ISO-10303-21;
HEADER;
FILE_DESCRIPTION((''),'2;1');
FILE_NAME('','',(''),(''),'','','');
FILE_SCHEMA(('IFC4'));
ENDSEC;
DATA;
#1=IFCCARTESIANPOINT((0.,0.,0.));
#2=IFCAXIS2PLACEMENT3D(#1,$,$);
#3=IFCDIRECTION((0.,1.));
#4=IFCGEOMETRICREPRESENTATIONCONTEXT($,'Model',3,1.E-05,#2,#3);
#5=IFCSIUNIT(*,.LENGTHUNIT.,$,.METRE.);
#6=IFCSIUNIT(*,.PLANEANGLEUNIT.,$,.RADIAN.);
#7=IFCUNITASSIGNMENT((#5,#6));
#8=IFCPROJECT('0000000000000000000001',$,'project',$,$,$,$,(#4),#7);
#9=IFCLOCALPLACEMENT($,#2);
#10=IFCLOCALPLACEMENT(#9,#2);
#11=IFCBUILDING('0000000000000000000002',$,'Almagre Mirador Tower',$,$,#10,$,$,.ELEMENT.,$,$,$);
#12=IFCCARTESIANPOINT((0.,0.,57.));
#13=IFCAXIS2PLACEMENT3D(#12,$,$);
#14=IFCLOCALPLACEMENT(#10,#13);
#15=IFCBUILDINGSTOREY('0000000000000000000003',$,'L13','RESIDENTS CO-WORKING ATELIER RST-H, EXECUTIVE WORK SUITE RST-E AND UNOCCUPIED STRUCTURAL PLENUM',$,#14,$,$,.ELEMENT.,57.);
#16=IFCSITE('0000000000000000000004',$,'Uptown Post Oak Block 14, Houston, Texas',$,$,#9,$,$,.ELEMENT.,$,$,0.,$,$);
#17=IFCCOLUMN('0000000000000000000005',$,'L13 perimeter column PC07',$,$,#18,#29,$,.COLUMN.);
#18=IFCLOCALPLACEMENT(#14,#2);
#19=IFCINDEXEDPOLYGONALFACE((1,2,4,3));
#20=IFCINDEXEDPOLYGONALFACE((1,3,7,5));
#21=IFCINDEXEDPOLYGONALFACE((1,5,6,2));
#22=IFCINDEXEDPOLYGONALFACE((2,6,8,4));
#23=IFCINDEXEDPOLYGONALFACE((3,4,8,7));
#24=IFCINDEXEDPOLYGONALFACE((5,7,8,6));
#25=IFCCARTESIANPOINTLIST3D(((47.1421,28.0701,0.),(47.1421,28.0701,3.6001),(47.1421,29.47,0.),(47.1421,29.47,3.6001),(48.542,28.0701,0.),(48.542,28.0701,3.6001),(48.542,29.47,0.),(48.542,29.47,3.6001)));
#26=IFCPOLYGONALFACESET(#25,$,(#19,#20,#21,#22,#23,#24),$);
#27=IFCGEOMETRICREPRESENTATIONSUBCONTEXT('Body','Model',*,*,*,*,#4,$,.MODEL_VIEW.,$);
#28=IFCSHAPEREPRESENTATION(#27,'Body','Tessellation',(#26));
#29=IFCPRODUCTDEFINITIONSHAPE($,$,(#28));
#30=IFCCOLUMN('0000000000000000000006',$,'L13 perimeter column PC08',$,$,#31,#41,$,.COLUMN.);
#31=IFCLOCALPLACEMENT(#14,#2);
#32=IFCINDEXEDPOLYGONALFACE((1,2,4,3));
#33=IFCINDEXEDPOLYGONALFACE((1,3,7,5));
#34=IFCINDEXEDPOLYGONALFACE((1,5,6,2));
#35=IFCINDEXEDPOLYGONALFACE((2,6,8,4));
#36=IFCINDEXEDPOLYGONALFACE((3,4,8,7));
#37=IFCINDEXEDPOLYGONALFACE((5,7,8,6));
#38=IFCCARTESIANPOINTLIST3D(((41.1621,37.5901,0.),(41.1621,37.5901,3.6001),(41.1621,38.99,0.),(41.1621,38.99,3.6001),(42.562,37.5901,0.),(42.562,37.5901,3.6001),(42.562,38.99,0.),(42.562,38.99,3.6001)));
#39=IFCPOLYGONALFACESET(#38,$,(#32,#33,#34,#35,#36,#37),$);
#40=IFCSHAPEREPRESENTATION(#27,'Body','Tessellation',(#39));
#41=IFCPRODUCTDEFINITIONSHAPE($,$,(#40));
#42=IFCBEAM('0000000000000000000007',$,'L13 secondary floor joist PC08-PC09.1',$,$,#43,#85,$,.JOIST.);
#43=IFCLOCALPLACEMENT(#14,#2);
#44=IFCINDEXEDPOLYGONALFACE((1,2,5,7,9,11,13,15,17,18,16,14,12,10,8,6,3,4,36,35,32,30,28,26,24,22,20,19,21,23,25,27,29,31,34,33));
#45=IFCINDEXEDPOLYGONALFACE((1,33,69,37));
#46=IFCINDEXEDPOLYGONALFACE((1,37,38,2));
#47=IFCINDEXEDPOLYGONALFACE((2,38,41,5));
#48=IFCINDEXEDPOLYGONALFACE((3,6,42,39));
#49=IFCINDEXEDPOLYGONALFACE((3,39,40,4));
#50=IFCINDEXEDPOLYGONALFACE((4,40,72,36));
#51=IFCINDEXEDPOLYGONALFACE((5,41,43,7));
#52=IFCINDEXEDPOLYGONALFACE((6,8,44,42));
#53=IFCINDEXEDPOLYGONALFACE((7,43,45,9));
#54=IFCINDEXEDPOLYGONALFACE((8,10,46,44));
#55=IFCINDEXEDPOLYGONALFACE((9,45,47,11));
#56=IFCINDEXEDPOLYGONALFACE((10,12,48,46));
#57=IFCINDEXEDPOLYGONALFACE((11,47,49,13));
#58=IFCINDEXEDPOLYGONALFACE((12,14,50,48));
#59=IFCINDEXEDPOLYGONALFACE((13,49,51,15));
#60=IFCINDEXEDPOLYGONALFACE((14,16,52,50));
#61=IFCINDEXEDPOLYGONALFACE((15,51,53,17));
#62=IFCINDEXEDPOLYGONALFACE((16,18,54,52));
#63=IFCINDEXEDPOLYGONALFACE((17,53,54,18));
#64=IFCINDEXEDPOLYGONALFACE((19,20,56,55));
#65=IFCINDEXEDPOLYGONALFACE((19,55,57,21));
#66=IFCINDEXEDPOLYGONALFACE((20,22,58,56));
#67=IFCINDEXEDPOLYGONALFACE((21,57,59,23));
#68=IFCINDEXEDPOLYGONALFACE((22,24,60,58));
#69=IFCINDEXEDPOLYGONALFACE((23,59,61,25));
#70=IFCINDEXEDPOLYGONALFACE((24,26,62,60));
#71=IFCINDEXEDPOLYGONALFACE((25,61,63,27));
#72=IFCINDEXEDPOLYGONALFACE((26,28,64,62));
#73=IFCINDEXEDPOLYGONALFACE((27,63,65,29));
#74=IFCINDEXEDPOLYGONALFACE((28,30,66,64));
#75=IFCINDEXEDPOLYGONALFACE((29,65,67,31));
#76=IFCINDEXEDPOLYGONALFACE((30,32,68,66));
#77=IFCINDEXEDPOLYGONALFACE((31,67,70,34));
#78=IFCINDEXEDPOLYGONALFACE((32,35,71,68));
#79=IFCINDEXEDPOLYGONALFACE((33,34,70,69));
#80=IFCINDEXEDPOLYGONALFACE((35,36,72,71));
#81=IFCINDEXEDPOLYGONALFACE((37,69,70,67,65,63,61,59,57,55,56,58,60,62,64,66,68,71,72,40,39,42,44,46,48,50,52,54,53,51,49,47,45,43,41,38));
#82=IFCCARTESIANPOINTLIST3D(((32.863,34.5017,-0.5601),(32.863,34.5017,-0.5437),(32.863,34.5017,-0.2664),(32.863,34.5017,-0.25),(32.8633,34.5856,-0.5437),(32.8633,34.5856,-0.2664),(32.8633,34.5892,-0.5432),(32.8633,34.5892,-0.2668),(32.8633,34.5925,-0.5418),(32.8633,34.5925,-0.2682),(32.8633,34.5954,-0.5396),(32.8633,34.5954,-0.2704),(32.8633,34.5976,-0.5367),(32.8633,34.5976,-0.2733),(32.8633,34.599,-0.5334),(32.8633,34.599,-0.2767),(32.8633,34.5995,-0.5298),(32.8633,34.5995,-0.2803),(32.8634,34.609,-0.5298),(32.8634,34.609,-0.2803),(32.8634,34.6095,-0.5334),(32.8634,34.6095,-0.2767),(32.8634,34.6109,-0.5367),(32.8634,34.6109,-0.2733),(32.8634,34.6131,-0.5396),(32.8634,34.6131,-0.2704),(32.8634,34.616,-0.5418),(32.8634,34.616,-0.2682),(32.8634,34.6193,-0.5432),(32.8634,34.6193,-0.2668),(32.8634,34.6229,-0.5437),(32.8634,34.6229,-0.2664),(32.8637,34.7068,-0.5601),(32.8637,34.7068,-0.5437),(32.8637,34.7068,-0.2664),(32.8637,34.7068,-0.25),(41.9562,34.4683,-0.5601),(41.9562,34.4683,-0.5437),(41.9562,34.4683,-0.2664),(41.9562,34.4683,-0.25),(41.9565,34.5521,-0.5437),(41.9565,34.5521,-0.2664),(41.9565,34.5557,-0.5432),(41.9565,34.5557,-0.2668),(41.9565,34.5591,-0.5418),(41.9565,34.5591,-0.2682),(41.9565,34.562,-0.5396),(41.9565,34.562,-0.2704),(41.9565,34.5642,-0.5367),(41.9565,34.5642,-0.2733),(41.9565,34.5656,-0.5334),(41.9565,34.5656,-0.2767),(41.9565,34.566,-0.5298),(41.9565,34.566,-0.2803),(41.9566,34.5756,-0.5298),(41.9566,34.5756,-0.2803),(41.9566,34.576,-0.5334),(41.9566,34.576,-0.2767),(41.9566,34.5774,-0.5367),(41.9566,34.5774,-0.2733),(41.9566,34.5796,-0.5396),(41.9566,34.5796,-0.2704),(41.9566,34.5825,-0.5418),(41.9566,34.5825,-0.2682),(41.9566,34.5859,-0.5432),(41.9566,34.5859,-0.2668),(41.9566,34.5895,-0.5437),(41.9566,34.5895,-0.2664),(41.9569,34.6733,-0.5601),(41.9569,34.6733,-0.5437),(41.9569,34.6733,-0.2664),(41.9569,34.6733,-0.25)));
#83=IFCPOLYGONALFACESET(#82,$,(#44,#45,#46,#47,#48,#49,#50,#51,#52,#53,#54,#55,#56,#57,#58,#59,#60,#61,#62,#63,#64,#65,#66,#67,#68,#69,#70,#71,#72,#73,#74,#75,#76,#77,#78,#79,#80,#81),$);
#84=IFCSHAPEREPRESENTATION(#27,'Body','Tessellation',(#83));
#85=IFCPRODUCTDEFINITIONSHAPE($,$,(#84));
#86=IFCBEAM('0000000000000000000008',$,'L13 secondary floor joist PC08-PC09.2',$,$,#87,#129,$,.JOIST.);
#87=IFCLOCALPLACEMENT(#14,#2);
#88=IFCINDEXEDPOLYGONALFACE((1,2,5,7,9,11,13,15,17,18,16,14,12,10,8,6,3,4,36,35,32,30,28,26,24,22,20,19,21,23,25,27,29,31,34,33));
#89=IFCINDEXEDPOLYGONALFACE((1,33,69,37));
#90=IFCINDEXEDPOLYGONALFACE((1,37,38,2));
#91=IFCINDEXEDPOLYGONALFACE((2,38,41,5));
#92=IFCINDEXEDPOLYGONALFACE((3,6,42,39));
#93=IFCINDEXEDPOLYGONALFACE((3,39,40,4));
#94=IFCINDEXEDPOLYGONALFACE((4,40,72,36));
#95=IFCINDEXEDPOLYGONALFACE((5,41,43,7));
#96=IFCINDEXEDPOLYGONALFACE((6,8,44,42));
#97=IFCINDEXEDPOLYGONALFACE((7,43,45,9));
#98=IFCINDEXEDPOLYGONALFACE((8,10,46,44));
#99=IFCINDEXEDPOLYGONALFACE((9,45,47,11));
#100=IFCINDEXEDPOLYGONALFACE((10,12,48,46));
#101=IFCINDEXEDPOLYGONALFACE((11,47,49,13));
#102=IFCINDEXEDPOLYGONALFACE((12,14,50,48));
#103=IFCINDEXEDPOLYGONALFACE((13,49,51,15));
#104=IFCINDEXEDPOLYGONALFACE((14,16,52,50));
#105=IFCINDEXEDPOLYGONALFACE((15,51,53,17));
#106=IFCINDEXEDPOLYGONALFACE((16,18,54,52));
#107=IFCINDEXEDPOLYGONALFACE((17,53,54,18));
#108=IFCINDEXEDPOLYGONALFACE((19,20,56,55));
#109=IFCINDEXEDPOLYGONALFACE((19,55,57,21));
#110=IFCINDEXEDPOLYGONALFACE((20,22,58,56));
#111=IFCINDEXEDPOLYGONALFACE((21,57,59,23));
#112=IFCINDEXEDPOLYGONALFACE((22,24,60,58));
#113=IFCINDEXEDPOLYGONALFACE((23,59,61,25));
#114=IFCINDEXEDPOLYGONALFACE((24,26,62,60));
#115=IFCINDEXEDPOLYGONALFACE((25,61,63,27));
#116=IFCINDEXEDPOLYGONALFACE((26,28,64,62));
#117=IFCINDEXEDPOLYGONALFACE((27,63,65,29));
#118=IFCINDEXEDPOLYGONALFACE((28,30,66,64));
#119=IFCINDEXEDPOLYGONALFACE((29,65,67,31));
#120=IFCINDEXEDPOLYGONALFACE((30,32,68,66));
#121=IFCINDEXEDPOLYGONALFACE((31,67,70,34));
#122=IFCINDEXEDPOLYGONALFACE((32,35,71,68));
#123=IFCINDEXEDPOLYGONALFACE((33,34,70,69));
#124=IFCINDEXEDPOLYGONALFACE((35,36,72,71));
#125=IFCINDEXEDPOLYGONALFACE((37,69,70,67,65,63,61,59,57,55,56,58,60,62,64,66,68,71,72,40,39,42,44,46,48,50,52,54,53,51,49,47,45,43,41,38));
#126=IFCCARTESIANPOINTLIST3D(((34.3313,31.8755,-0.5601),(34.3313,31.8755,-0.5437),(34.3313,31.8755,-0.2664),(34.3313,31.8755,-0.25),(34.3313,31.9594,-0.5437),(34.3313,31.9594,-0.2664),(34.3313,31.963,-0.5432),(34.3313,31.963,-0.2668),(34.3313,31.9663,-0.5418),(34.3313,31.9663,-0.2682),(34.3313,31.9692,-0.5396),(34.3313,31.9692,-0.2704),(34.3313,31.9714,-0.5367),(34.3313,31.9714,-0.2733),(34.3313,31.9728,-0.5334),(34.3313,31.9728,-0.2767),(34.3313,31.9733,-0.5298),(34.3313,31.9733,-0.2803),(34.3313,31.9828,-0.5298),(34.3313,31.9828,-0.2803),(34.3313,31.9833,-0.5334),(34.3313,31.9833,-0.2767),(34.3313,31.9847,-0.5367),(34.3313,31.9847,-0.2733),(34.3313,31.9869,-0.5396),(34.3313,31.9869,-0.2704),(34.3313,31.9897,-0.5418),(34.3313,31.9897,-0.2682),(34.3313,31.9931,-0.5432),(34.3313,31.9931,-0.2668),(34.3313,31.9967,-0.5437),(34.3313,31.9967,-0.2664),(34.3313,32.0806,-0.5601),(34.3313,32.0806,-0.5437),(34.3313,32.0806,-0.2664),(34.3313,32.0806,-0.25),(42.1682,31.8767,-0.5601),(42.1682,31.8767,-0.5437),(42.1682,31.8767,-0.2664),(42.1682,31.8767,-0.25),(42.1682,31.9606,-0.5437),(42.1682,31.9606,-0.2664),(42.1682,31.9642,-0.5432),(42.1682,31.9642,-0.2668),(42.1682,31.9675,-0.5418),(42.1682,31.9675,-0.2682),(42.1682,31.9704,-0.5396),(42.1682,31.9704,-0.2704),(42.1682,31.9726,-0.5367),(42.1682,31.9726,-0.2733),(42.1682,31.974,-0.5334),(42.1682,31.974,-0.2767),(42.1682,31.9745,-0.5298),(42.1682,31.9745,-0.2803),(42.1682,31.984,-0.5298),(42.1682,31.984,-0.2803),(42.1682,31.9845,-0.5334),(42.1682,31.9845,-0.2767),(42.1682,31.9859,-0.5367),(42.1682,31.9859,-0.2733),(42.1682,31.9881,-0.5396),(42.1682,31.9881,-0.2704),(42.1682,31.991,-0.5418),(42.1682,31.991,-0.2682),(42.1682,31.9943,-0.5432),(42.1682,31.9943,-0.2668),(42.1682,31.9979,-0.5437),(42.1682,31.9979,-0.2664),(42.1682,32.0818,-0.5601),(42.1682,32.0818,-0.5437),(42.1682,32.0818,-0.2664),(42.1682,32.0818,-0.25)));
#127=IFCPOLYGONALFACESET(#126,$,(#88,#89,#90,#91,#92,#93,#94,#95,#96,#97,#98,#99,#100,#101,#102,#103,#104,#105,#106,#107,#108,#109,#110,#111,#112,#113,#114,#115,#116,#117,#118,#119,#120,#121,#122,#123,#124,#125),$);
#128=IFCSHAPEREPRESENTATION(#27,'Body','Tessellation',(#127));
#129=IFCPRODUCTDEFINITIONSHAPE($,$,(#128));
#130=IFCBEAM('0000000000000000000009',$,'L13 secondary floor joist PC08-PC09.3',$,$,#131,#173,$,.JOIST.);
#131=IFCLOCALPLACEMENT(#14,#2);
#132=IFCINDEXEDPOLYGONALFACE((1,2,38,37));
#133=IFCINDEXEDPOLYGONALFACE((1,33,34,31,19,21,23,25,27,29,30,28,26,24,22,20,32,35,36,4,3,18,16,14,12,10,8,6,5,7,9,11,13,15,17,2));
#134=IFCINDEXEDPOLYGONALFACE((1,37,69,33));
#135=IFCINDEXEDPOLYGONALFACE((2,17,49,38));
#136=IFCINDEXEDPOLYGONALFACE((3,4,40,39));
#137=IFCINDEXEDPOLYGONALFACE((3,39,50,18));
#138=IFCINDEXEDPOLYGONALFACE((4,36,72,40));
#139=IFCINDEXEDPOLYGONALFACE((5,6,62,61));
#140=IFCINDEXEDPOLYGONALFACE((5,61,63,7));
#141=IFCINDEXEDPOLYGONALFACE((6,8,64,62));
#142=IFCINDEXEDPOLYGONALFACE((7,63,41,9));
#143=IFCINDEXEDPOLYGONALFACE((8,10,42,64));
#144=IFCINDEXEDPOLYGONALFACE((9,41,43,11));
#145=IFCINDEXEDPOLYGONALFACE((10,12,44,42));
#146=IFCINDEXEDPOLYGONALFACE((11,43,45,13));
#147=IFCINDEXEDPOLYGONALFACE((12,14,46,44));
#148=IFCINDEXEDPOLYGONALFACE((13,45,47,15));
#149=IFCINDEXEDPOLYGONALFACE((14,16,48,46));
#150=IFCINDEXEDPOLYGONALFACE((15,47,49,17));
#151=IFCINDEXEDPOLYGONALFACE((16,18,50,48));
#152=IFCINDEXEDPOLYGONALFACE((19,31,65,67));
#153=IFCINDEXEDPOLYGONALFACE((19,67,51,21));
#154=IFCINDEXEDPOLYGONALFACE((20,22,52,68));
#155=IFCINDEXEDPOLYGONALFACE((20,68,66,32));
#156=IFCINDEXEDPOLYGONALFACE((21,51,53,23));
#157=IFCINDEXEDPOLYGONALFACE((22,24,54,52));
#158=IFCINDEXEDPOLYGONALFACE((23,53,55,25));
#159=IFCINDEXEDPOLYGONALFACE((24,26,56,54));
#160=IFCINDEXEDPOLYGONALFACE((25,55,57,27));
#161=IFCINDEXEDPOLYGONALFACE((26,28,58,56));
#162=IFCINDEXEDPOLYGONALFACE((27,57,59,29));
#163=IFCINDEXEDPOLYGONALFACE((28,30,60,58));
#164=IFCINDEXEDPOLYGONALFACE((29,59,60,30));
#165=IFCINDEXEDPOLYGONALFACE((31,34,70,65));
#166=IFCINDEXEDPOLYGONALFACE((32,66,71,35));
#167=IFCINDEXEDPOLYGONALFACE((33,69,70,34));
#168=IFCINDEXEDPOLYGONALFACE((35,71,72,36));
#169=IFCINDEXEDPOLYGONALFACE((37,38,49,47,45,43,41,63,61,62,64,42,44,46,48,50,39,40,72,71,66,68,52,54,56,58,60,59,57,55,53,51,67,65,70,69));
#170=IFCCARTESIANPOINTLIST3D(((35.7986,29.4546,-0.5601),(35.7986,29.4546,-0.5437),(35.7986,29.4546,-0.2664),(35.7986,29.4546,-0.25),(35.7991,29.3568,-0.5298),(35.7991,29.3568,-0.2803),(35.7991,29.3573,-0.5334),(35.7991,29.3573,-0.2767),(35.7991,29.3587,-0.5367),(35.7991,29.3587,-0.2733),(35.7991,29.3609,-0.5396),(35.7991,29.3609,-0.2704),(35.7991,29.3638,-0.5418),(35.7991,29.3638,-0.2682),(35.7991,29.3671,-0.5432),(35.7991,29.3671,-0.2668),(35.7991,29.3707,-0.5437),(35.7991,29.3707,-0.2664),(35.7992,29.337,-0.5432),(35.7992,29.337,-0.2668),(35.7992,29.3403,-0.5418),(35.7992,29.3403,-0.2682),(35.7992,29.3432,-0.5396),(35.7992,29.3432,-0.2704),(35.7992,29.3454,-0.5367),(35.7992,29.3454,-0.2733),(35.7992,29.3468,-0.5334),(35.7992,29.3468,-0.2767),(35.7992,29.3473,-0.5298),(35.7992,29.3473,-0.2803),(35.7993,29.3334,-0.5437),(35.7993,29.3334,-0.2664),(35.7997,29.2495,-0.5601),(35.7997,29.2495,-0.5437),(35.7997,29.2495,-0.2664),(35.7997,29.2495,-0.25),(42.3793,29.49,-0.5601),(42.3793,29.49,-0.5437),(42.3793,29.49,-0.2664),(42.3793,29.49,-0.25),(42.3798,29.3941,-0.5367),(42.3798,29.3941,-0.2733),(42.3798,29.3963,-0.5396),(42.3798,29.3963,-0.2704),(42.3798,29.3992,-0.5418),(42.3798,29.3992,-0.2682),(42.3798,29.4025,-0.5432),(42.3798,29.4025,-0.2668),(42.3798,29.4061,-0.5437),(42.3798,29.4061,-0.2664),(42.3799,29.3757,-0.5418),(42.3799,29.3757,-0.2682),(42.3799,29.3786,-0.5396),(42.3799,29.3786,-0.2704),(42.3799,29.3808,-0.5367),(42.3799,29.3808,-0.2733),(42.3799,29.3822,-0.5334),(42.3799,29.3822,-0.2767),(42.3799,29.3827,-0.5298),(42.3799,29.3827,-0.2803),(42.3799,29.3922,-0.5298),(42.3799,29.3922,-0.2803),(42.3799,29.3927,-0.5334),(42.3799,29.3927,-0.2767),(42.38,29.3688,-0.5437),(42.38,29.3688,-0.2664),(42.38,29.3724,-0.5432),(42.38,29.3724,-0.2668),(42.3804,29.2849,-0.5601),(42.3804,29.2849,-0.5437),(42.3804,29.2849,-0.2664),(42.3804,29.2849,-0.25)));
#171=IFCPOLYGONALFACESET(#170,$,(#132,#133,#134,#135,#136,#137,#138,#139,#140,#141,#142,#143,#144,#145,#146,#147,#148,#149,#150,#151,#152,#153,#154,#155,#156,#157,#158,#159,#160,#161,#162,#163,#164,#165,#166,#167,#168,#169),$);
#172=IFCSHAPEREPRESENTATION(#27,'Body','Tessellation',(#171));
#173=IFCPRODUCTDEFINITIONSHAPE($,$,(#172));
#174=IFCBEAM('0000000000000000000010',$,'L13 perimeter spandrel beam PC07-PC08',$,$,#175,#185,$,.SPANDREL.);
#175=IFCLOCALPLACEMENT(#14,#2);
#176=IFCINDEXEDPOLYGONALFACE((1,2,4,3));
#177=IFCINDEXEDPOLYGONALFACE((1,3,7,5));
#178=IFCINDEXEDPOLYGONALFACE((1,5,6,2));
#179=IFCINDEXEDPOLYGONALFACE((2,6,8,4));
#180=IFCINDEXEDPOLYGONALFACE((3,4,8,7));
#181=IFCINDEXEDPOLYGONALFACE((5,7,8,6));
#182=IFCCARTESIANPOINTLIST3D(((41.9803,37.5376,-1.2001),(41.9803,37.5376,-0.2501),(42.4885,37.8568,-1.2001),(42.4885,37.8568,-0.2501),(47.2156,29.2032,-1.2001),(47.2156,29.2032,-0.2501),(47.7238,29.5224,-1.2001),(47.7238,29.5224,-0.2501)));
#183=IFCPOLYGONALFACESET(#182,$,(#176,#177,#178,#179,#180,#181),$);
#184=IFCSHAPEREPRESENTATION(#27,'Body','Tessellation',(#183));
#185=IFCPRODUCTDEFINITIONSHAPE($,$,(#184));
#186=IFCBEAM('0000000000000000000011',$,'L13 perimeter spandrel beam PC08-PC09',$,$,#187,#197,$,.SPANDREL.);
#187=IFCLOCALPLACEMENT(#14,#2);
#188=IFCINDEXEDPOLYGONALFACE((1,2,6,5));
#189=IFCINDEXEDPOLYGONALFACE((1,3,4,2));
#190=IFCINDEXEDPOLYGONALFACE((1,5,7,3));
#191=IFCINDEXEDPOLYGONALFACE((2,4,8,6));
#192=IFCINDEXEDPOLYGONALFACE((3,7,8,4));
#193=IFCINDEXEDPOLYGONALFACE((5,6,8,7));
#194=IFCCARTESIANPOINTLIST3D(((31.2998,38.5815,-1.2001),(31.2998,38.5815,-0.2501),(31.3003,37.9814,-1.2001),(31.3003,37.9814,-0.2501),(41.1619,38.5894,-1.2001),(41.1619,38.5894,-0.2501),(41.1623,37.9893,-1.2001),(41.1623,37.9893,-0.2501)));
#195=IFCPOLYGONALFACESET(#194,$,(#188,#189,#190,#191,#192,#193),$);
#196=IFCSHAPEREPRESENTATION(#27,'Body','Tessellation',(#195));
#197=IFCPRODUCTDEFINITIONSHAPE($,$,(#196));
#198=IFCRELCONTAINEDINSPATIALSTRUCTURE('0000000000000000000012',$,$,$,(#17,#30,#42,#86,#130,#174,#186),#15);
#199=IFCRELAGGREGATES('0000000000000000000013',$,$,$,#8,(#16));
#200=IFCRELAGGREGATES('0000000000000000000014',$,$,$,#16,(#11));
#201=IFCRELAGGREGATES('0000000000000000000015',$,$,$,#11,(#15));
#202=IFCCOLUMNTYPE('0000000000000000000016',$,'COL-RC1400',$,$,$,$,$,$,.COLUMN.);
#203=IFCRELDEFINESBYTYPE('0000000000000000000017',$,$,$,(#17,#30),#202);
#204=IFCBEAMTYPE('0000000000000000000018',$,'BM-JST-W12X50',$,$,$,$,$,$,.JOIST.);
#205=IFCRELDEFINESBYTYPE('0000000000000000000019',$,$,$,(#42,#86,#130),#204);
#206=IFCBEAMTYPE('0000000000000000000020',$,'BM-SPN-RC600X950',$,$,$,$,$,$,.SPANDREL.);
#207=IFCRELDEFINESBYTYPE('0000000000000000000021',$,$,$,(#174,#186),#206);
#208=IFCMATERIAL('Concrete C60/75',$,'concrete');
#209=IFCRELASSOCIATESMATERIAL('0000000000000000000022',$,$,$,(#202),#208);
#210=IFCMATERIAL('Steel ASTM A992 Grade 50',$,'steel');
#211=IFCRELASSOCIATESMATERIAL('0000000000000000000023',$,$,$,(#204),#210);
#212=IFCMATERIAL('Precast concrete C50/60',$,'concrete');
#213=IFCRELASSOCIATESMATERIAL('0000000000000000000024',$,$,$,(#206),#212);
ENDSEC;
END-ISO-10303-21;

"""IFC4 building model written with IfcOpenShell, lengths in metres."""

from ifc_helpers import new_model, si_unit, direction, frame, origin, origin_2d, place, context, subcontext, project, spatial, rectangle, i_section, extrude, material, material_profile, profile_set, type_object, element, save


model = new_model("IFC4")

# Units and contexts
model_context = context("Model", 3, precision=1e-05, world=origin(), true_north=direction((0.0, 1.0)))
body_context = subcontext(model_context, "Body", "Model", "MODEL_VIEW")
ifc_project = project(units=[si_unit("LENGTHUNIT", "METRE"), si_unit("PLANEANGLEUNIT", "RADIAN")], contexts=[model_context])

# Site, building, storey
site_placement = place(None, origin())
site = spatial("IfcSite", under=ifc_project, at=site_placement, Name="Uptown Post Oak Block 14, Houston, Texas", CompositionType="ELEMENT", RefElevation=0.0)
building_placement = place(site_placement, origin())
building = spatial("IfcBuilding", under=site, at=building_placement, Name="Almagre Mirador Tower", CompositionType="ELEMENT")
storey_placement = place(building_placement, frame((0.0, 0.0, 57.0)))
storey = spatial("IfcBuildingStorey", under=building, at=storey_placement, Name="L13", Description="RESIDENTS CO-WORKING ATELIER RST-H, EXECUTIVE WORK SUITE RST-E AND UNOCCUPIED STRUCTURAL PLENUM", CompositionType="ELEMENT", Elevation=57.0)

# Columns
ifc_material_1 = material(Name="Concrete C60/75", Category="concrete")
ifc_material_profile_1 = material_profile(ifc_material_1, rectangle(XDim=1.3999, YDim=1.3999, at=origin_2d()), Name="RC1400X1400")
ifc_profile_set_1 = profile_set([ifc_material_profile_1], Name="Concrete C60/75")
column_type = type_object("IfcColumnType", Name="COL-RC1400", PredefinedType="COLUMN", material=ifc_profile_set_1)
for number, where, z_axis, x_axis, name in (
    (1, (47.842, 28.77, 0.0), (0.0, 0.0, 1.0), (1.0, 0.0, 0.0), "L13 perimeter column PC07"),
    (2, (41.8621, 38.29, 0.0), (0.0, 0.0, 1.0), (1.0, 0.0, 0.0), "L13 perimeter column PC08"),
):
    element("IfcColumn", number, at=place(storey_placement, frame(where, z_axis=z_axis, x_axis=x_axis)), inside=storey, type_object=column_type, Name=name, PredefinedType="COLUMN", context=body_context, shape_type="SweptSolid", body=[
        extrude(rectangle(XDim=1.3999, YDim=1.3999, at=origin_2d()), origin(), (0.0, 0.0, 1.0), 3.6001),
    ])

# Beams
ifc_material_2 = material(Name="Steel ASTM A992 Grade 50", Category="steel")
ifc_material_profile_2 = material_profile(ifc_material_2, i_section(OverallWidth=0.2051, OverallDepth=0.3101, WebThickness=0.0095, FlangeThickness=0.0164, FilletRadius=0.0139, at=origin_2d()), Name="W12X50")
ifc_profile_set_2 = profile_set([ifc_material_profile_2], Name="Steel ASTM A992 Grade 50")
beam_type_1 = type_object("IfcBeamType", Name="BM-JST-W12X50", PredefinedType="JOIST", material=ifc_profile_set_2)
beam_1_placement = place(storey_placement, frame((41.9565, 34.5708, -0.405), z_axis=(-0.999993, 0.003678, 0.0), x_axis=(-0.003678, -0.999993, 0.0)))
element("IfcBeam", 3, at=beam_1_placement, inside=storey, type_object=beam_type_1, Name="L13 secondary floor joist PC08-PC09.1", PredefinedType="JOIST", context=body_context, shape_type="SweptSolid", body=[
    extrude(i_section(OverallWidth=0.2051, OverallDepth=0.3101, WebThickness=0.0095, FlangeThickness=0.0164, FilletRadius=0.0139, at=origin_2d()), origin(), (0.0, 0.0, 1.0), 9.0933),
])
beam_2_placement = place(storey_placement, frame((42.1682, 31.9792, -0.405), z_axis=(-1.0, -0.000156, 0.0), x_axis=(0.000156, -1.0, 0.0)))
element("IfcBeam", 4, at=beam_2_placement, inside=storey, type_object=beam_type_1, Name="L13 secondary floor joist PC08-PC09.2", PredefinedType="JOIST", context=body_context, shape_type="SweptSolid", body=[
    extrude(i_section(OverallWidth=0.2051, OverallDepth=0.3101, WebThickness=0.0095, FlangeThickness=0.0164, FilletRadius=0.0139, at=origin_2d()), origin(), (0.0, 0.0, 1.0), 7.8369),
])
beam_3_placement = place(storey_placement, frame((42.3799, 29.3875, -0.405), z_axis=(-0.999986, -0.005379, 0.0), x_axis=(0.005379, -0.999986, 0.0)))
element("IfcBeam", 5, at=beam_3_placement, inside=storey, type_object=beam_type_1, Name="L13 secondary floor joist PC08-PC09.3", PredefinedType="JOIST", context=body_context, shape_type="SweptSolid", body=[
    extrude(i_section(OverallWidth=0.2051, OverallDepth=0.3101, WebThickness=0.0095, FlangeThickness=0.0164, FilletRadius=0.0139, at=origin_2d()), origin(), (0.0, 0.0, 1.0), 6.5808),
])
ifc_material_3 = material(Name="Precast concrete C50/60", Category="concrete")
ifc_material_profile_3 = material_profile(ifc_material_3, rectangle(XDim=0.6001, YDim=0.95, at=origin_2d()), Name="RC600X950")
ifc_profile_set_3 = profile_set([ifc_material_profile_3], Name="Precast concrete C50/60")
beam_type_2 = type_object("IfcBeamType", Name="BM-SPN-RC600X950", PredefinedType="SPANDREL", material=ifc_profile_set_3)
beam_4_placement = place(storey_placement, frame((47.4697, 29.3628, -0.7251), z_axis=(-0.53192, 0.846795, 0.0), x_axis=(-0.846795, -0.53192, 0.0)))
element("IfcBeam", 6, at=beam_4_placement, inside=storey, type_object=beam_type_2, Name="L13 perimeter spandrel beam PC07-PC08", PredefinedType="SPANDREL", context=body_context, shape_type="SweptSolid", body=[
    extrude(rectangle(XDim=0.6001, YDim=0.95, at=origin_2d()), origin(), (0.0, 0.0, 1.0), 9.8423),
])
beam_5_placement = place(storey_placement, frame((41.1621, 38.2893, -0.7251), z_axis=(-1.0, -0.000792, 0.0), x_axis=(0.000792, -1.0, 0.0)))
element("IfcBeam", 7, at=beam_5_placement, inside=storey, type_object=beam_type_2, Name="L13 perimeter spandrel beam PC08-PC09", PredefinedType="SPANDREL", context=body_context, shape_type="SweptSolid", body=[
    extrude(rectangle(XDim=0.6001, YDim=0.95, at=origin_2d()), origin(), (0.0, 0.0, 1.0), 9.8621),
])

save(model, "model.ifc")
